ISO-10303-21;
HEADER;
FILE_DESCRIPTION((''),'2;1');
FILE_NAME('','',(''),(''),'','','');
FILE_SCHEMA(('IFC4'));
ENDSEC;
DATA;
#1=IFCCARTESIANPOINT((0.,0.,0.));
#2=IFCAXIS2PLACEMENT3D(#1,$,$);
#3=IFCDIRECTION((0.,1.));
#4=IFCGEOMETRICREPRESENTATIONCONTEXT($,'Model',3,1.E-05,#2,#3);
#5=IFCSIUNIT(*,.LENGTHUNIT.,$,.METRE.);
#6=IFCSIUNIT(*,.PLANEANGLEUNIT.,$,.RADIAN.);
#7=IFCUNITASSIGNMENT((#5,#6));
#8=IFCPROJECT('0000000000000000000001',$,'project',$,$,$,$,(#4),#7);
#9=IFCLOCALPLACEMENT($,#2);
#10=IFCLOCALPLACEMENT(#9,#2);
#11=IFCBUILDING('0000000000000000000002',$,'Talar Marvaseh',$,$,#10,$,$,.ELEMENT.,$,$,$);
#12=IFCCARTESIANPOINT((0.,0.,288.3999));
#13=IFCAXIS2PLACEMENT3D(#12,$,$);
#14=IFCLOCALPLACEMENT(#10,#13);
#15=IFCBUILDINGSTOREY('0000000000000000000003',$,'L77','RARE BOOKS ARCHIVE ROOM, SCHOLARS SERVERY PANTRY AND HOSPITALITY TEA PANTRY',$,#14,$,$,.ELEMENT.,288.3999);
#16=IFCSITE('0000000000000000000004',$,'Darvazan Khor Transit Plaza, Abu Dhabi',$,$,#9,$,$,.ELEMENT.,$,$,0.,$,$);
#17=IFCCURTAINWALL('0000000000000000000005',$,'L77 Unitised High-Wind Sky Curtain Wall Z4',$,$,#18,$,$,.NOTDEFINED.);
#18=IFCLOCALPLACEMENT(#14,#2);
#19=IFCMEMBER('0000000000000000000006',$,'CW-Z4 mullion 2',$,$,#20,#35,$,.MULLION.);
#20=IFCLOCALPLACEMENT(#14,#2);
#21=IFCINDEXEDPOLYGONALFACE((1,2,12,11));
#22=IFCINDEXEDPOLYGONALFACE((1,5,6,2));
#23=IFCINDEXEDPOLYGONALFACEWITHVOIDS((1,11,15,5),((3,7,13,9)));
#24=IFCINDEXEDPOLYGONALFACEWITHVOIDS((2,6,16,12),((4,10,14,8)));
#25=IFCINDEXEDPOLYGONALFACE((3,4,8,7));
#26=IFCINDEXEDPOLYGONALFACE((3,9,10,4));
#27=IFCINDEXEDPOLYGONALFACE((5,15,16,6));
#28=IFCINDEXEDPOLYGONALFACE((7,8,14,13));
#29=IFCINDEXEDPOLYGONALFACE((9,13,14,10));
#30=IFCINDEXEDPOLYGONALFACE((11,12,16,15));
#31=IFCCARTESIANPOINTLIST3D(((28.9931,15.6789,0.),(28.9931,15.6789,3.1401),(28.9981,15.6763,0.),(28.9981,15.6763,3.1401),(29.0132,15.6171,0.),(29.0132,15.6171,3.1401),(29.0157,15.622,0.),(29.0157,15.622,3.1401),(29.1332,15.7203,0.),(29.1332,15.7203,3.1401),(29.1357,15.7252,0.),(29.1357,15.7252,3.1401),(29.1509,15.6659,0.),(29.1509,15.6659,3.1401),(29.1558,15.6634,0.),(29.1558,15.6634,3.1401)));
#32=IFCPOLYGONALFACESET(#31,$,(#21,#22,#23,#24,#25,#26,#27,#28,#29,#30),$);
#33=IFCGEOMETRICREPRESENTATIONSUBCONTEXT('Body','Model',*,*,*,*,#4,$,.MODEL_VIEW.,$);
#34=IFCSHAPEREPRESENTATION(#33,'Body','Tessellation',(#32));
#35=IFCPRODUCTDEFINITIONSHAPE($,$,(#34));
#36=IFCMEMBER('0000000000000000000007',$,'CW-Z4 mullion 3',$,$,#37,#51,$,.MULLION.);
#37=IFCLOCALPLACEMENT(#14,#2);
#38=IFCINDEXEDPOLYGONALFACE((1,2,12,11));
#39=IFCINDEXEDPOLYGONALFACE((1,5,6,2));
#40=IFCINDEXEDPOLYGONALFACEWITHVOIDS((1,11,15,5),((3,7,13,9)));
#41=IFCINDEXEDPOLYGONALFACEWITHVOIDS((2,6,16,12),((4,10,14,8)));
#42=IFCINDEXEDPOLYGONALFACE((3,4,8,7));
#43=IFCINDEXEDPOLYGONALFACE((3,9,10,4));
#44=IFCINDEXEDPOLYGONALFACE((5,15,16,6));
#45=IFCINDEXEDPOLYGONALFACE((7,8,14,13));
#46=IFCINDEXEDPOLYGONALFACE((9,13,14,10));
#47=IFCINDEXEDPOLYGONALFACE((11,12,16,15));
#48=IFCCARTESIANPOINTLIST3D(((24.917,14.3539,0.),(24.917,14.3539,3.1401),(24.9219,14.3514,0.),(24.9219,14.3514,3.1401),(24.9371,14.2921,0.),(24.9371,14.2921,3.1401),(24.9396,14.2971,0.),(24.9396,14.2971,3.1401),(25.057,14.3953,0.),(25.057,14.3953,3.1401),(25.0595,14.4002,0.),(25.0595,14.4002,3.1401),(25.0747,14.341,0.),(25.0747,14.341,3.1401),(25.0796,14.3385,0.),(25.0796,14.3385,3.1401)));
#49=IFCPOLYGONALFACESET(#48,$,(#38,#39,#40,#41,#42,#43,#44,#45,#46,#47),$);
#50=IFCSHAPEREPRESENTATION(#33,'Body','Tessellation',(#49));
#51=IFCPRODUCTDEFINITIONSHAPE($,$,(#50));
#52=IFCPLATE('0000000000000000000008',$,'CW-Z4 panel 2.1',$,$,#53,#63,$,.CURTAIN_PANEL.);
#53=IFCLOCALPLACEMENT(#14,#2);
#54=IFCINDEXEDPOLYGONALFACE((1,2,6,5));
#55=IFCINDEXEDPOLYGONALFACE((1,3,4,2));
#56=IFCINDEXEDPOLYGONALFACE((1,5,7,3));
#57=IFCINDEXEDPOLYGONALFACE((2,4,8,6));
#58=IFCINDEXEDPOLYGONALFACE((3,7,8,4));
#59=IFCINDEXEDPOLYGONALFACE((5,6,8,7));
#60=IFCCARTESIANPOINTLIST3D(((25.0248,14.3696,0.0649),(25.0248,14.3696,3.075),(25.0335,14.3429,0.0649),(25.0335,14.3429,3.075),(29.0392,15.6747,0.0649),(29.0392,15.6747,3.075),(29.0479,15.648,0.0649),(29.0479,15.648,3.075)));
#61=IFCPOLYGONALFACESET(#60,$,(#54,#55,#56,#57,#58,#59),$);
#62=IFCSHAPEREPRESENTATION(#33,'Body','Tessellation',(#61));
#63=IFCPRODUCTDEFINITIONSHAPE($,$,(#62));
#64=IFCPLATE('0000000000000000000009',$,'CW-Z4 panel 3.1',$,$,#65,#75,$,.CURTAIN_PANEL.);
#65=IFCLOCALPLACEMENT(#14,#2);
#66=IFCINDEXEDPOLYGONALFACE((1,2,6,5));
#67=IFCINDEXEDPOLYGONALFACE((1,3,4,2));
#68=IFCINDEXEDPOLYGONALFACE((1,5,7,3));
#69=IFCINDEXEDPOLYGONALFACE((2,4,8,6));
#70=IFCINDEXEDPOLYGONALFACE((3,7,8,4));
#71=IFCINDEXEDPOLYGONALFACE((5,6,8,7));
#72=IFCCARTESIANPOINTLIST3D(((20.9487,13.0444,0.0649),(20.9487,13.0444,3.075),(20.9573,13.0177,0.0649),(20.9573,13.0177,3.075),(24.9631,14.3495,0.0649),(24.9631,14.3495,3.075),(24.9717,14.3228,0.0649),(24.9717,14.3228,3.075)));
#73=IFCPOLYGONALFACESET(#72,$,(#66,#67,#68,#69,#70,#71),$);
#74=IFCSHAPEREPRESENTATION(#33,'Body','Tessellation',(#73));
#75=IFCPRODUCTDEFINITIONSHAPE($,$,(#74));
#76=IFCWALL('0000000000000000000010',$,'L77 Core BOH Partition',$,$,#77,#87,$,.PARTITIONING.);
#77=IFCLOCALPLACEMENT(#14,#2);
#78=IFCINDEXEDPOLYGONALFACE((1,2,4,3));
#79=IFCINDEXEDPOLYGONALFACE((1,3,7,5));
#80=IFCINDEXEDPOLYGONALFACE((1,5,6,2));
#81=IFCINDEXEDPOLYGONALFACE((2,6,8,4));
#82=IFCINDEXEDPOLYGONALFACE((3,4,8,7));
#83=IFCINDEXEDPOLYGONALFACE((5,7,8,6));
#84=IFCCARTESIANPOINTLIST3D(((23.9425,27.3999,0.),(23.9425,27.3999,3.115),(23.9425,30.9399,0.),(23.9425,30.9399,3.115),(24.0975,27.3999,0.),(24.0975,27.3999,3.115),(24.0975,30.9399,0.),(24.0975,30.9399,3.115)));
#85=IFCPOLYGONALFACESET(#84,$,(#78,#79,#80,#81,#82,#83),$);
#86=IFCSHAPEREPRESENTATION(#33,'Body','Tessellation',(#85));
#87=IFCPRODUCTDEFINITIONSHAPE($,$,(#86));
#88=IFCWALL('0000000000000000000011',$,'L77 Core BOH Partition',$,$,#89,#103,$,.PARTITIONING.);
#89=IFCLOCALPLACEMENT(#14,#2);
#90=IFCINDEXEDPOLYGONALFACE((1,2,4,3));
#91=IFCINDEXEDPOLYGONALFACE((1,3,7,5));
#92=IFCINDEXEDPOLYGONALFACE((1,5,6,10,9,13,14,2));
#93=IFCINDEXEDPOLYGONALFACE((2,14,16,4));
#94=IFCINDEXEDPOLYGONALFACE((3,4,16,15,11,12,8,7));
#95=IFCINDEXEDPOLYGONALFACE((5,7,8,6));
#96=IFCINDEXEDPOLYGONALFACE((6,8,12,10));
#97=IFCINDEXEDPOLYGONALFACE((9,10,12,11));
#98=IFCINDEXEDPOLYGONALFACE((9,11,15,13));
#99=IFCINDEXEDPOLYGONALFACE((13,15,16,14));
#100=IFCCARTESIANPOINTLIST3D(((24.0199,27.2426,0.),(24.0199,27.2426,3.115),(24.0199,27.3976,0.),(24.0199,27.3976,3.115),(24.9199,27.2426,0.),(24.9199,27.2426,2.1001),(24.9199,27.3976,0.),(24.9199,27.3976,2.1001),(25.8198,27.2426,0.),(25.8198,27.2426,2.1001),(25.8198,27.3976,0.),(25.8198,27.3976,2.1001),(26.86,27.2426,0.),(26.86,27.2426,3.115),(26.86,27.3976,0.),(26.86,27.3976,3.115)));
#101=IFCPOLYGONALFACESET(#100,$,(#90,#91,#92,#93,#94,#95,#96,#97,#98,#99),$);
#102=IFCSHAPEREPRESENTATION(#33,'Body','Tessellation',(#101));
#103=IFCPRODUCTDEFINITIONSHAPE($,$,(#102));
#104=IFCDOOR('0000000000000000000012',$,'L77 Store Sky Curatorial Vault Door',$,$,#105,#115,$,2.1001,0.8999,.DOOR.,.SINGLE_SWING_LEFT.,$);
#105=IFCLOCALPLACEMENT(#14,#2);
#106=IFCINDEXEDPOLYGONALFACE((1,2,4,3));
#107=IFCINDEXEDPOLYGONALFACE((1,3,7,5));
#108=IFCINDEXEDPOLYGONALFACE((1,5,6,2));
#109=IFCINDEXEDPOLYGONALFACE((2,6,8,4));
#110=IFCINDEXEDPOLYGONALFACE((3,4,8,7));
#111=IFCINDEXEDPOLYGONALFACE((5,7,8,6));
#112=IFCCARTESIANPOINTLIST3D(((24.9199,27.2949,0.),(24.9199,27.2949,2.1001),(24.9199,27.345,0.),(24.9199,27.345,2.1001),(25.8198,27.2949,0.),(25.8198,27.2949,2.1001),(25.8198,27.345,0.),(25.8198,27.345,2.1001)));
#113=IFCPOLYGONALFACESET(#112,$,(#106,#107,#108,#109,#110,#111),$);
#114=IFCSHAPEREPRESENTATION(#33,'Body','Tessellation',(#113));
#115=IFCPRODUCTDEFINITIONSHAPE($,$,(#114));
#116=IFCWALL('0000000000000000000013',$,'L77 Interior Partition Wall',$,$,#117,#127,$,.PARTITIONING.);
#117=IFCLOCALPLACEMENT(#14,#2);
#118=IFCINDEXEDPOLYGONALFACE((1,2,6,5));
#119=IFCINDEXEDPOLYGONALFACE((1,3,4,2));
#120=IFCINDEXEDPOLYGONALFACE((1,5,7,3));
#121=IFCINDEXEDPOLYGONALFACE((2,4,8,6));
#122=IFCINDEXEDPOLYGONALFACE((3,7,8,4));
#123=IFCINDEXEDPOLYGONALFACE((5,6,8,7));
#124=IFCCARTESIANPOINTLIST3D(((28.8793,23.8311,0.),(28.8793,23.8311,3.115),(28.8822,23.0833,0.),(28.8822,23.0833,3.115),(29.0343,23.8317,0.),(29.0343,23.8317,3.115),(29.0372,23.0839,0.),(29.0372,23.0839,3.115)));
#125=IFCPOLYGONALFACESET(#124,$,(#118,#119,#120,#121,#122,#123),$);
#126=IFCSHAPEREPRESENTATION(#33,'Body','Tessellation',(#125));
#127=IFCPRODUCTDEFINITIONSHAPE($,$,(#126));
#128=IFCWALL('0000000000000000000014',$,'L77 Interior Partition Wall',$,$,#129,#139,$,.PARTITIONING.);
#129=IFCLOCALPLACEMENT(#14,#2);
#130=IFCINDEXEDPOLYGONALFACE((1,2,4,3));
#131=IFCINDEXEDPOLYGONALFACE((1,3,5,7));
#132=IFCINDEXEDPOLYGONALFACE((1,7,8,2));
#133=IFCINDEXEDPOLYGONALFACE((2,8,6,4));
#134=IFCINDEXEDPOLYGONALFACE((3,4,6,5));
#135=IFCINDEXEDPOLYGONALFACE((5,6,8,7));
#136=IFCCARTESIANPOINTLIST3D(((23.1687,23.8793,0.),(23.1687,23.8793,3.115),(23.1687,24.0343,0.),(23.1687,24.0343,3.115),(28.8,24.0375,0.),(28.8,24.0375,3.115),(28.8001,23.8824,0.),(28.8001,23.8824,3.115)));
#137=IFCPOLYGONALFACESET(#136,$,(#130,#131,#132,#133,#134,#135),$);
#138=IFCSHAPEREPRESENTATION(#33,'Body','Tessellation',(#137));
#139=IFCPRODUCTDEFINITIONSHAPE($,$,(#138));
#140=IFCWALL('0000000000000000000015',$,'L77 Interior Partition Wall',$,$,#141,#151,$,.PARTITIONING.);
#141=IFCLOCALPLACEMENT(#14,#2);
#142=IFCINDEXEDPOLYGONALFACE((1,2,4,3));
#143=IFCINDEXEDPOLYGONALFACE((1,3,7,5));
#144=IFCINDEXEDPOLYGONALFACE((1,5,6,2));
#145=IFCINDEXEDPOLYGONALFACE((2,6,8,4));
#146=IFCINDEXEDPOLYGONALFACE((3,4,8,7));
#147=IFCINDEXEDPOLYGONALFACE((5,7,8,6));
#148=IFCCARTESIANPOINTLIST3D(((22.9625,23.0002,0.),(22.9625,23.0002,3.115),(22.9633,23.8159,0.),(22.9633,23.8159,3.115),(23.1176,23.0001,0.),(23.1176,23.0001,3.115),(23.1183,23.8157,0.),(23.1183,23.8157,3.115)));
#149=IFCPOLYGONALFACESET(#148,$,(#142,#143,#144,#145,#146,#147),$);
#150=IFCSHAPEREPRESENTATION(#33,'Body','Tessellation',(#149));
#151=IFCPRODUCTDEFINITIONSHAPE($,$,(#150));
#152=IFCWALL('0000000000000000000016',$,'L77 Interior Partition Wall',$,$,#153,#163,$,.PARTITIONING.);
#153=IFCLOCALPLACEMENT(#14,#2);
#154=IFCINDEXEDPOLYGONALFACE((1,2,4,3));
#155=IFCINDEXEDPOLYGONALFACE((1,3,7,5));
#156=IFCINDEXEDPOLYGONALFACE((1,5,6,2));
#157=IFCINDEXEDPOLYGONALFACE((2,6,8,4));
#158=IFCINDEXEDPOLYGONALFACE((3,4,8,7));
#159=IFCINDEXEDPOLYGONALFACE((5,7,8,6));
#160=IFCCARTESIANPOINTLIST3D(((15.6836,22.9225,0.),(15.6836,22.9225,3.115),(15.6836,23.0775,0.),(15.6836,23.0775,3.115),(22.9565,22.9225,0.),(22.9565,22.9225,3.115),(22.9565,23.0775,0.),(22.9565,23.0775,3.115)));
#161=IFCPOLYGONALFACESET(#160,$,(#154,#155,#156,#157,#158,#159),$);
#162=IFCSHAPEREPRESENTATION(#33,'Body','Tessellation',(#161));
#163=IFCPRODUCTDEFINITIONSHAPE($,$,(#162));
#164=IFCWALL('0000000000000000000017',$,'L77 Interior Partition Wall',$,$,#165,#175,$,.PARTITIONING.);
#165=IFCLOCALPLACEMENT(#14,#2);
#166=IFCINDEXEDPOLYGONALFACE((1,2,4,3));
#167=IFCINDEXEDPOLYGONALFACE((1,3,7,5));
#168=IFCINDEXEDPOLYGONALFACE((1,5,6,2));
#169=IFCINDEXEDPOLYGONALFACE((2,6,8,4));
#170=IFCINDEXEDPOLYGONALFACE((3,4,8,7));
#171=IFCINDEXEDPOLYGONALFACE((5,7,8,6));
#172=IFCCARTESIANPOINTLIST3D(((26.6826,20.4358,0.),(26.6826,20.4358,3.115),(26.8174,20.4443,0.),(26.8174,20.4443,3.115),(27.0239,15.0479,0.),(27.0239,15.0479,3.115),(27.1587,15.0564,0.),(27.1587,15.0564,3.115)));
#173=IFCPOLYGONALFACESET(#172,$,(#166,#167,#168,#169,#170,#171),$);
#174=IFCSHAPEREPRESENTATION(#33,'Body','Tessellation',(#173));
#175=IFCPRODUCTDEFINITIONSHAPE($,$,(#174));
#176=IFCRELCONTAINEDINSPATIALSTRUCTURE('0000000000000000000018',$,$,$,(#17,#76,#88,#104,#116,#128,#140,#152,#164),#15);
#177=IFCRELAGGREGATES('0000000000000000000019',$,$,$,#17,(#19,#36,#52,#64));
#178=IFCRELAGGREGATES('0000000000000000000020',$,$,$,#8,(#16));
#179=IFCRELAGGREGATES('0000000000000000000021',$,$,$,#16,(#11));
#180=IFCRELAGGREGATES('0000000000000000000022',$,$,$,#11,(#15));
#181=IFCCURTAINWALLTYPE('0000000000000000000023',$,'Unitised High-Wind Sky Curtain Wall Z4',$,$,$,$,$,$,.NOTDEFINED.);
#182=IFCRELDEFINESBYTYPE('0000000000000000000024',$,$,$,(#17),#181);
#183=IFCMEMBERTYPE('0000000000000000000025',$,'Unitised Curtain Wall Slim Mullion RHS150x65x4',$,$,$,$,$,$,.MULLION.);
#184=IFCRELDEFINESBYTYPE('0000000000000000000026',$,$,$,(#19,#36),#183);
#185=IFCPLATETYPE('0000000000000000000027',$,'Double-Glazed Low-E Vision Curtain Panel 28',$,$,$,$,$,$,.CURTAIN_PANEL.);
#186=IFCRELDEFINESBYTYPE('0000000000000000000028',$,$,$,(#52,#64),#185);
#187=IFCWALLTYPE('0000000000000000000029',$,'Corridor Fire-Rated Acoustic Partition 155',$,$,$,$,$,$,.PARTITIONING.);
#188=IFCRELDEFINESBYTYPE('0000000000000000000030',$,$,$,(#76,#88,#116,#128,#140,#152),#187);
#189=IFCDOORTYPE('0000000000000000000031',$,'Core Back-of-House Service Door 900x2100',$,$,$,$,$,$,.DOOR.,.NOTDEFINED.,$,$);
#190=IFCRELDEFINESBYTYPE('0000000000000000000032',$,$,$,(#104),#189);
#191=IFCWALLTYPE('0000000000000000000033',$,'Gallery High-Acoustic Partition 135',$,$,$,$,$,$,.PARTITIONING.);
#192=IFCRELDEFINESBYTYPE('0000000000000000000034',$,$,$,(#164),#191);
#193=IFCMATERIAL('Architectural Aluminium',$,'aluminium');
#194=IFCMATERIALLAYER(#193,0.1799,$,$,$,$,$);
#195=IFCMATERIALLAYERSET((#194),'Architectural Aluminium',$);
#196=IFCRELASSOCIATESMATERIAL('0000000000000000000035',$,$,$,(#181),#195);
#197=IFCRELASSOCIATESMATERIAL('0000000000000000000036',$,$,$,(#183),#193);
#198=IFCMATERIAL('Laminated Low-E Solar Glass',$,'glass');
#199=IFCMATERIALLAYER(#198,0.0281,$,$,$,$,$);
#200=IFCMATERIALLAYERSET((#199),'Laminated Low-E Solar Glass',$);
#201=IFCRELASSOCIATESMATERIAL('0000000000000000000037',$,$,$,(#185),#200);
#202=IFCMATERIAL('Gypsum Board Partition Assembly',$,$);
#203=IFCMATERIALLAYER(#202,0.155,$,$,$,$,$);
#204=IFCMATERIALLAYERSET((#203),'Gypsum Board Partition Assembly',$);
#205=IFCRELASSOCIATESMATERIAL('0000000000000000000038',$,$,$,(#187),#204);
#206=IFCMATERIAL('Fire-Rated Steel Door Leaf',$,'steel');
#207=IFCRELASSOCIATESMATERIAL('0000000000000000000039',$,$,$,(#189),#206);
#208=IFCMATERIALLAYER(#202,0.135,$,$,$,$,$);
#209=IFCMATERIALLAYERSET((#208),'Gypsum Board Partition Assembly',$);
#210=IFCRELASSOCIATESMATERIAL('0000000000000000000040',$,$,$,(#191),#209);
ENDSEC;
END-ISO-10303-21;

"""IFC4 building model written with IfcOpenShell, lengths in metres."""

from ifc_helpers import new_model, si_unit, direction, frame, frame_2d, origin, origin_2d, place, context, subcontext, project, spatial, rectangle, hollow_rectangle, extrude, source, transform, mapped, material, layer, layer_set, material_profile, profile_set, type_object, type_shapes, element, fill, aggregate, save


model = new_model("IFC4")

# Units and contexts
model_context = context("Model", 3, precision=1e-05, world=origin(), true_north=direction((0.0, 1.0)))
body_context = subcontext(model_context, "Body", "Model", "MODEL_VIEW")
ifc_project = project(units=[si_unit("LENGTHUNIT", "METRE"), si_unit("PLANEANGLEUNIT", "RADIAN")], contexts=[model_context])

# Site, building, storey
site_placement = place(None, origin())
site = spatial("IfcSite", under=ifc_project, at=site_placement, Name="Darvazan Khor Transit Plaza, Abu Dhabi", CompositionType="ELEMENT", RefElevation=0.0)
building_placement = place(site_placement, origin())
building = spatial("IfcBuilding", under=site, at=building_placement, Name="Talar Marvaseh", CompositionType="ELEMENT")
storey_placement = place(building_placement, frame((0.0, 0.0, 288.3999)))
storey = spatial("IfcBuildingStorey", under=building, at=storey_placement, Name="L77", Description="RARE BOOKS ARCHIVE ROOM, SCHOLARS SERVERY PANTRY AND HOSPITALITY TEA PANTRY", CompositionType="ELEMENT", Elevation=288.3999)

# Curtain wall, members, plates
ifc_material_1 = material(Name="Architectural Aluminium", Category="aluminium")
ifc_layer_1 = layer(ifc_material_1, 0.1799)
ifc_layer_set_1 = layer_set([ifc_layer_1], Name="Architectural Aluminium")
curtain_wall_type = type_object("IfcCurtainWallType", Name="Unitised High-Wind Sky Curtain Wall Z4", PredefinedType="NOTDEFINED", material=ifc_layer_set_1)
curtain_wall_placement = place(storey_placement, origin())
curtain_wall = element("IfcCurtainWall", 1, at=curtain_wall_placement, inside=storey, type_object=curtain_wall_type, Name="L77 Unitised High-Wind Sky Curtain Wall Z4", PredefinedType="NOTDEFINED")
ifc_material_profile_1 = material_profile(ifc_material_1, hollow_rectangle(XDim=0.0649, YDim=0.1499, WallThickness=0.0039, at=origin_2d()), Name="RHS150x65x4")
ifc_profile_set_1 = profile_set([ifc_material_profile_1], Name="Architectural Aluminium")
member_type_1 = type_object("IfcMemberType", Name="Unitised Curtain Wall Slim Mullion RHS150x65x4", PredefinedType="MULLION", material=ifc_profile_set_1)
shared_shape_1 = source(origin(), body_context, "Body", "SweptSolid", [
    extrude(hollow_rectangle(XDim=0.0649, YDim=0.1499, WallThickness=0.0039, at=origin_2d()), origin(), (0.0, 0.0, 1.0), 3.1401),
])
type_shapes(member_type_1, [shared_shape_1])
member_1_placement = place(storey_placement, frame((29.0745, 15.6711, 0.0), z_axis=(0.0, 0.0, 1.0), x_axis=(0.309162, -0.951009, 0.0)))
member_1 = element("IfcMember", 2, at=member_1_placement, type_object=member_type_1, Name="CW-Z4 mullion 2", PredefinedType="MULLION", context=body_context, shape_type="MappedRepresentation", body=[
    mapped(shared_shape_1, transform((0.0, 0.0, 0.0), x_axis=(1.0, 0.0, 0.0), y_axis=(0.0, 1.0, 0.0), z_axis=(0.0, 0.0, 1.0), scale=1.0)),
])
member_2_placement = place(storey_placement, frame((24.9983, 14.3462, 0.0), z_axis=(0.0, 0.0, 1.0), x_axis=(0.309162, -0.951009, 0.0)))
member_2 = element("IfcMember", 3, at=member_2_placement, type_object=member_type_1, Name="CW-Z4 mullion 3", PredefinedType="MULLION", context=body_context, shape_type="MappedRepresentation", body=[
    mapped(shared_shape_1, transform((0.0, 0.0, 0.0), x_axis=(1.0, 0.0, 0.0), y_axis=(0.0, 1.0, 0.0), z_axis=(0.0, 0.0, 1.0), scale=1.0)),
])
ifc_material_2 = material(Name="Laminated Low-E Solar Glass", Category="glass")
ifc_layer_2 = layer(ifc_material_2, 0.0281)
ifc_layer_set_2 = layer_set([ifc_layer_2], Name="Laminated Low-E Solar Glass")
plate_type = type_object("IfcPlateType", Name="Double-Glazed Low-E Vision Curtain Panel 28", PredefinedType="CURTAIN_PANEL", material=ifc_layer_set_2)
shared_shape_2 = source(origin(), body_context, "Body", "SweptSolid", [
    extrude(rectangle(XDim=4.2212, YDim=0.0281, at=origin_2d()), origin(), (0.0, 0.0, 1.0), 3.01),
])
type_shapes(plate_type, [shared_shape_2])
plate_1_placement = place(storey_placement, frame((27.0364, 15.0088, 0.0649), z_axis=(0.0, 0.0, 1.0), x_axis=(-0.951009, -0.309162, 0.0)))
plate_1 = element("IfcPlate", 4, at=plate_1_placement, type_object=plate_type, Name="CW-Z4 panel 2.1", PredefinedType="CURTAIN_PANEL", context=body_context, shape_type="MappedRepresentation", body=[
    mapped(shared_shape_2, transform((0.0, 0.0, 0.0), x_axis=(1.0, 0.0, 0.0), y_axis=(0.0, 1.0, 0.0), z_axis=(0.0, 0.0, 1.0), scale=1.0)),
])
plate_2_placement = place(storey_placement, frame((22.9602, 13.6836, 0.0649), z_axis=(0.0, 0.0, 1.0), x_axis=(-0.951009, -0.309162, 0.0)))
plate_2 = element("IfcPlate", 5, at=plate_2_placement, type_object=plate_type, Name="CW-Z4 panel 3.1", PredefinedType="CURTAIN_PANEL", context=body_context, shape_type="MappedRepresentation", body=[
    mapped(shared_shape_2, transform((0.0, 0.0, 0.0), x_axis=(1.0, 0.0, 0.0), y_axis=(0.0, 1.0, 0.0), z_axis=(0.0, 0.0, 1.0), scale=1.0)),
])
aggregate(curtain_wall, [member_1, member_2, plate_1, plate_2])

# Wall
ifc_material_3 = material(Name="Gypsum Board Partition Assembly")
ifc_layer_3 = layer(ifc_material_3, 0.155)
ifc_layer_set_3 = layer_set([ifc_layer_3], Name="Gypsum Board Partition Assembly")
wall_type_1 = type_object("IfcWallType", Name="Corridor Fire-Rated Acoustic Partition 155", PredefinedType="PARTITIONING", material=ifc_layer_set_3)
wall_1_placement = place(storey_placement, frame((24.02, 27.3999, 0.0), z_axis=(0.0, 0.0, 1.0), x_axis=(0.0, 1.0, 0.0)))
element("IfcWall", 6, at=wall_1_placement, inside=storey, type_object=wall_type_1, Name="L77 Core BOH Partition", PredefinedType="PARTITIONING", context=body_context, shape_type="SweptSolid", body=[
    extrude(rectangle(XDim=3.54, YDim=0.155, at=frame_2d((1.77, 0.0))), origin(), (0.0, 0.0, 1.0), 3.115),
])

# Wall, opening, door
wall_2_placement = place(storey_placement, frame((24.02, 27.3201, 0.0), z_axis=(0.0, 0.0, 1.0), x_axis=(1.0, 0.0, 0.0)))
wall_2 = element("IfcWall", 7, at=wall_2_placement, inside=storey, type_object=wall_type_1, Name="L77 Core BOH Partition", PredefinedType="PARTITIONING", context=body_context, shape_type="SweptSolid", body=[
    extrude(rectangle(XDim=2.8401, YDim=0.155, at=frame_2d((1.4199, 0.0))), origin(), (0.0, 0.0, 1.0), 3.115),
])
opening_placement = place(wall_2_placement, frame((0.8999, 0.0, 0.0)))
opening = element("IfcOpeningElement", 8, at=opening_placement, cuts=wall_2, PredefinedType="OPENING", context=body_context, shape_type="SweptSolid", body=[
    extrude(rectangle(XDim=0.8999, YDim=2.1001, at=frame_2d((0.45, 1.05))), frame((0.0, 0.0874, 0.0), z_axis=(0.0, -1.0, 0.0), x_axis=(1.0, 0.0, 0.0)), (0.0, 0.0, 1.0), 0.175),
])
ifc_material_4 = material(Name="Fire-Rated Steel Door Leaf", Category="steel")
door_type = type_object("IfcDoorType", Name="Core Back-of-House Service Door 900x2100", OperationType="NOTDEFINED", PredefinedType="DOOR", material=ifc_material_4)
shared_shape_3 = source(origin(), body_context, "Body", "SweptSolid", [
    extrude(rectangle(XDim=0.8999, YDim=2.1001, at=frame_2d((0.45, 1.05))), frame((0.0, 0.0249, 0.0), z_axis=(0.0, -1.0, 0.0), x_axis=(1.0, 0.0, 0.0)), (0.0, 0.0, 1.0), 0.05),
])
type_shapes(door_type, [shared_shape_3])
door_placement = place(opening_placement, origin())
door = element("IfcDoor", 9, at=door_placement, inside=storey, type_object=door_type, Name="L77 Store Sky Curatorial Vault Door", OperationType="SINGLE_SWING_LEFT", OverallHeight=2.1001, OverallWidth=0.8999, PredefinedType="DOOR", context=body_context, shape_type="MappedRepresentation", body=[
    mapped(shared_shape_3, transform((0.0, 0.0, 0.0), x_axis=(1.0, 0.0, 0.0), y_axis=(0.0, 1.0, 0.0), z_axis=(0.0, 0.0, 1.0), scale=1.0)),
])
fill(opening, door)

# Walls
wall_3_placement = place(storey_placement, frame((28.9597, 23.0835, 0.0), z_axis=(0.0, 0.0, 1.0), x_axis=(-0.003918, 0.999992, 0.0)))
element("IfcWall", 10, at=wall_3_placement, inside=storey, type_object=wall_type_1, Name="L77 Interior Partition Wall", PredefinedType="PARTITIONING", context=body_context, shape_type="SweptSolid", body=[
    extrude(rectangle(XDim=0.7478, YDim=0.155, at=frame_2d((0.374, 0.0))), origin(), (0.0, 0.0, 1.0), 3.115),
])
wall_4_placement = place(storey_placement, frame((28.8, 23.96, 0.0), z_axis=(0.0, 0.0, 1.0), x_axis=(-1.0, -0.000564, 0.0)))
element("IfcWall", 11, at=wall_4_placement, inside=storey, type_object=wall_type_1, Name="L77 Interior Partition Wall", PredefinedType="PARTITIONING", context=body_context, shape_type="SweptSolid", body=[
    extrude(rectangle(XDim=5.6313, YDim=0.155, at=frame_2d((2.8157, 0.0))), origin(), (0.0, 0.0, 1.0), 3.115),
])
wall_5_placement = place(storey_placement, frame((23.0408, 23.8157, 0.0), z_axis=(0.0, 0.0, 1.0), x_axis=(-0.000898, -1.0, 0.0)))
element("IfcWall", 12, at=wall_5_placement, inside=storey, type_object=wall_type_1, Name="L77 Interior Partition Wall", PredefinedType="PARTITIONING", context=body_context, shape_type="SweptSolid", body=[
    extrude(rectangle(XDim=0.8157, YDim=0.155, at=frame_2d((0.4077, 0.0))), origin(), (0.0, 0.0, 1.0), 3.115),
])
wall_6_placement = place(storey_placement, frame((22.9565, 23.0, 0.0), z_axis=(0.0, 0.0, 1.0), x_axis=(-1.0, 0.0, 0.0)))
element("IfcWall", 13, at=wall_6_placement, inside=storey, type_object=wall_type_1, Name="L77 Interior Partition Wall", PredefinedType="PARTITIONING", context=body_context, shape_type="SweptSolid", body=[
    extrude(rectangle(XDim=7.2729, YDim=0.155, at=frame_2d((3.6365, 0.0))), origin(), (0.0, 0.0, 1.0), 3.115),
])
ifc_layer_4 = layer(ifc_material_3, 0.135)
ifc_layer_set_4 = layer_set([ifc_layer_4], Name="Gypsum Board Partition Assembly")
wall_type_2 = type_object("IfcWallType", Name="Gallery High-Acoustic Partition 135", PredefinedType="PARTITIONING", material=ifc_layer_set_4)
wall_7_placement = place(storey_placement, frame((26.75, 20.4399, 0.0), z_axis=(0.0, 0.0, 1.0), x_axis=(0.06322, -0.998, 0.0)))
element("IfcWall", 14, at=wall_7_placement, inside=storey, type_object=wall_type_2, Name="L77 Interior Partition Wall", PredefinedType="PARTITIONING", context=body_context, shape_type="SweptSolid", body=[
    extrude(rectangle(XDim=5.3987, YDim=0.135, at=frame_2d((2.6992, 0.0))), origin(), (0.0, 0.0, 1.0), 3.115),
])

save(model, "model.ifc")
